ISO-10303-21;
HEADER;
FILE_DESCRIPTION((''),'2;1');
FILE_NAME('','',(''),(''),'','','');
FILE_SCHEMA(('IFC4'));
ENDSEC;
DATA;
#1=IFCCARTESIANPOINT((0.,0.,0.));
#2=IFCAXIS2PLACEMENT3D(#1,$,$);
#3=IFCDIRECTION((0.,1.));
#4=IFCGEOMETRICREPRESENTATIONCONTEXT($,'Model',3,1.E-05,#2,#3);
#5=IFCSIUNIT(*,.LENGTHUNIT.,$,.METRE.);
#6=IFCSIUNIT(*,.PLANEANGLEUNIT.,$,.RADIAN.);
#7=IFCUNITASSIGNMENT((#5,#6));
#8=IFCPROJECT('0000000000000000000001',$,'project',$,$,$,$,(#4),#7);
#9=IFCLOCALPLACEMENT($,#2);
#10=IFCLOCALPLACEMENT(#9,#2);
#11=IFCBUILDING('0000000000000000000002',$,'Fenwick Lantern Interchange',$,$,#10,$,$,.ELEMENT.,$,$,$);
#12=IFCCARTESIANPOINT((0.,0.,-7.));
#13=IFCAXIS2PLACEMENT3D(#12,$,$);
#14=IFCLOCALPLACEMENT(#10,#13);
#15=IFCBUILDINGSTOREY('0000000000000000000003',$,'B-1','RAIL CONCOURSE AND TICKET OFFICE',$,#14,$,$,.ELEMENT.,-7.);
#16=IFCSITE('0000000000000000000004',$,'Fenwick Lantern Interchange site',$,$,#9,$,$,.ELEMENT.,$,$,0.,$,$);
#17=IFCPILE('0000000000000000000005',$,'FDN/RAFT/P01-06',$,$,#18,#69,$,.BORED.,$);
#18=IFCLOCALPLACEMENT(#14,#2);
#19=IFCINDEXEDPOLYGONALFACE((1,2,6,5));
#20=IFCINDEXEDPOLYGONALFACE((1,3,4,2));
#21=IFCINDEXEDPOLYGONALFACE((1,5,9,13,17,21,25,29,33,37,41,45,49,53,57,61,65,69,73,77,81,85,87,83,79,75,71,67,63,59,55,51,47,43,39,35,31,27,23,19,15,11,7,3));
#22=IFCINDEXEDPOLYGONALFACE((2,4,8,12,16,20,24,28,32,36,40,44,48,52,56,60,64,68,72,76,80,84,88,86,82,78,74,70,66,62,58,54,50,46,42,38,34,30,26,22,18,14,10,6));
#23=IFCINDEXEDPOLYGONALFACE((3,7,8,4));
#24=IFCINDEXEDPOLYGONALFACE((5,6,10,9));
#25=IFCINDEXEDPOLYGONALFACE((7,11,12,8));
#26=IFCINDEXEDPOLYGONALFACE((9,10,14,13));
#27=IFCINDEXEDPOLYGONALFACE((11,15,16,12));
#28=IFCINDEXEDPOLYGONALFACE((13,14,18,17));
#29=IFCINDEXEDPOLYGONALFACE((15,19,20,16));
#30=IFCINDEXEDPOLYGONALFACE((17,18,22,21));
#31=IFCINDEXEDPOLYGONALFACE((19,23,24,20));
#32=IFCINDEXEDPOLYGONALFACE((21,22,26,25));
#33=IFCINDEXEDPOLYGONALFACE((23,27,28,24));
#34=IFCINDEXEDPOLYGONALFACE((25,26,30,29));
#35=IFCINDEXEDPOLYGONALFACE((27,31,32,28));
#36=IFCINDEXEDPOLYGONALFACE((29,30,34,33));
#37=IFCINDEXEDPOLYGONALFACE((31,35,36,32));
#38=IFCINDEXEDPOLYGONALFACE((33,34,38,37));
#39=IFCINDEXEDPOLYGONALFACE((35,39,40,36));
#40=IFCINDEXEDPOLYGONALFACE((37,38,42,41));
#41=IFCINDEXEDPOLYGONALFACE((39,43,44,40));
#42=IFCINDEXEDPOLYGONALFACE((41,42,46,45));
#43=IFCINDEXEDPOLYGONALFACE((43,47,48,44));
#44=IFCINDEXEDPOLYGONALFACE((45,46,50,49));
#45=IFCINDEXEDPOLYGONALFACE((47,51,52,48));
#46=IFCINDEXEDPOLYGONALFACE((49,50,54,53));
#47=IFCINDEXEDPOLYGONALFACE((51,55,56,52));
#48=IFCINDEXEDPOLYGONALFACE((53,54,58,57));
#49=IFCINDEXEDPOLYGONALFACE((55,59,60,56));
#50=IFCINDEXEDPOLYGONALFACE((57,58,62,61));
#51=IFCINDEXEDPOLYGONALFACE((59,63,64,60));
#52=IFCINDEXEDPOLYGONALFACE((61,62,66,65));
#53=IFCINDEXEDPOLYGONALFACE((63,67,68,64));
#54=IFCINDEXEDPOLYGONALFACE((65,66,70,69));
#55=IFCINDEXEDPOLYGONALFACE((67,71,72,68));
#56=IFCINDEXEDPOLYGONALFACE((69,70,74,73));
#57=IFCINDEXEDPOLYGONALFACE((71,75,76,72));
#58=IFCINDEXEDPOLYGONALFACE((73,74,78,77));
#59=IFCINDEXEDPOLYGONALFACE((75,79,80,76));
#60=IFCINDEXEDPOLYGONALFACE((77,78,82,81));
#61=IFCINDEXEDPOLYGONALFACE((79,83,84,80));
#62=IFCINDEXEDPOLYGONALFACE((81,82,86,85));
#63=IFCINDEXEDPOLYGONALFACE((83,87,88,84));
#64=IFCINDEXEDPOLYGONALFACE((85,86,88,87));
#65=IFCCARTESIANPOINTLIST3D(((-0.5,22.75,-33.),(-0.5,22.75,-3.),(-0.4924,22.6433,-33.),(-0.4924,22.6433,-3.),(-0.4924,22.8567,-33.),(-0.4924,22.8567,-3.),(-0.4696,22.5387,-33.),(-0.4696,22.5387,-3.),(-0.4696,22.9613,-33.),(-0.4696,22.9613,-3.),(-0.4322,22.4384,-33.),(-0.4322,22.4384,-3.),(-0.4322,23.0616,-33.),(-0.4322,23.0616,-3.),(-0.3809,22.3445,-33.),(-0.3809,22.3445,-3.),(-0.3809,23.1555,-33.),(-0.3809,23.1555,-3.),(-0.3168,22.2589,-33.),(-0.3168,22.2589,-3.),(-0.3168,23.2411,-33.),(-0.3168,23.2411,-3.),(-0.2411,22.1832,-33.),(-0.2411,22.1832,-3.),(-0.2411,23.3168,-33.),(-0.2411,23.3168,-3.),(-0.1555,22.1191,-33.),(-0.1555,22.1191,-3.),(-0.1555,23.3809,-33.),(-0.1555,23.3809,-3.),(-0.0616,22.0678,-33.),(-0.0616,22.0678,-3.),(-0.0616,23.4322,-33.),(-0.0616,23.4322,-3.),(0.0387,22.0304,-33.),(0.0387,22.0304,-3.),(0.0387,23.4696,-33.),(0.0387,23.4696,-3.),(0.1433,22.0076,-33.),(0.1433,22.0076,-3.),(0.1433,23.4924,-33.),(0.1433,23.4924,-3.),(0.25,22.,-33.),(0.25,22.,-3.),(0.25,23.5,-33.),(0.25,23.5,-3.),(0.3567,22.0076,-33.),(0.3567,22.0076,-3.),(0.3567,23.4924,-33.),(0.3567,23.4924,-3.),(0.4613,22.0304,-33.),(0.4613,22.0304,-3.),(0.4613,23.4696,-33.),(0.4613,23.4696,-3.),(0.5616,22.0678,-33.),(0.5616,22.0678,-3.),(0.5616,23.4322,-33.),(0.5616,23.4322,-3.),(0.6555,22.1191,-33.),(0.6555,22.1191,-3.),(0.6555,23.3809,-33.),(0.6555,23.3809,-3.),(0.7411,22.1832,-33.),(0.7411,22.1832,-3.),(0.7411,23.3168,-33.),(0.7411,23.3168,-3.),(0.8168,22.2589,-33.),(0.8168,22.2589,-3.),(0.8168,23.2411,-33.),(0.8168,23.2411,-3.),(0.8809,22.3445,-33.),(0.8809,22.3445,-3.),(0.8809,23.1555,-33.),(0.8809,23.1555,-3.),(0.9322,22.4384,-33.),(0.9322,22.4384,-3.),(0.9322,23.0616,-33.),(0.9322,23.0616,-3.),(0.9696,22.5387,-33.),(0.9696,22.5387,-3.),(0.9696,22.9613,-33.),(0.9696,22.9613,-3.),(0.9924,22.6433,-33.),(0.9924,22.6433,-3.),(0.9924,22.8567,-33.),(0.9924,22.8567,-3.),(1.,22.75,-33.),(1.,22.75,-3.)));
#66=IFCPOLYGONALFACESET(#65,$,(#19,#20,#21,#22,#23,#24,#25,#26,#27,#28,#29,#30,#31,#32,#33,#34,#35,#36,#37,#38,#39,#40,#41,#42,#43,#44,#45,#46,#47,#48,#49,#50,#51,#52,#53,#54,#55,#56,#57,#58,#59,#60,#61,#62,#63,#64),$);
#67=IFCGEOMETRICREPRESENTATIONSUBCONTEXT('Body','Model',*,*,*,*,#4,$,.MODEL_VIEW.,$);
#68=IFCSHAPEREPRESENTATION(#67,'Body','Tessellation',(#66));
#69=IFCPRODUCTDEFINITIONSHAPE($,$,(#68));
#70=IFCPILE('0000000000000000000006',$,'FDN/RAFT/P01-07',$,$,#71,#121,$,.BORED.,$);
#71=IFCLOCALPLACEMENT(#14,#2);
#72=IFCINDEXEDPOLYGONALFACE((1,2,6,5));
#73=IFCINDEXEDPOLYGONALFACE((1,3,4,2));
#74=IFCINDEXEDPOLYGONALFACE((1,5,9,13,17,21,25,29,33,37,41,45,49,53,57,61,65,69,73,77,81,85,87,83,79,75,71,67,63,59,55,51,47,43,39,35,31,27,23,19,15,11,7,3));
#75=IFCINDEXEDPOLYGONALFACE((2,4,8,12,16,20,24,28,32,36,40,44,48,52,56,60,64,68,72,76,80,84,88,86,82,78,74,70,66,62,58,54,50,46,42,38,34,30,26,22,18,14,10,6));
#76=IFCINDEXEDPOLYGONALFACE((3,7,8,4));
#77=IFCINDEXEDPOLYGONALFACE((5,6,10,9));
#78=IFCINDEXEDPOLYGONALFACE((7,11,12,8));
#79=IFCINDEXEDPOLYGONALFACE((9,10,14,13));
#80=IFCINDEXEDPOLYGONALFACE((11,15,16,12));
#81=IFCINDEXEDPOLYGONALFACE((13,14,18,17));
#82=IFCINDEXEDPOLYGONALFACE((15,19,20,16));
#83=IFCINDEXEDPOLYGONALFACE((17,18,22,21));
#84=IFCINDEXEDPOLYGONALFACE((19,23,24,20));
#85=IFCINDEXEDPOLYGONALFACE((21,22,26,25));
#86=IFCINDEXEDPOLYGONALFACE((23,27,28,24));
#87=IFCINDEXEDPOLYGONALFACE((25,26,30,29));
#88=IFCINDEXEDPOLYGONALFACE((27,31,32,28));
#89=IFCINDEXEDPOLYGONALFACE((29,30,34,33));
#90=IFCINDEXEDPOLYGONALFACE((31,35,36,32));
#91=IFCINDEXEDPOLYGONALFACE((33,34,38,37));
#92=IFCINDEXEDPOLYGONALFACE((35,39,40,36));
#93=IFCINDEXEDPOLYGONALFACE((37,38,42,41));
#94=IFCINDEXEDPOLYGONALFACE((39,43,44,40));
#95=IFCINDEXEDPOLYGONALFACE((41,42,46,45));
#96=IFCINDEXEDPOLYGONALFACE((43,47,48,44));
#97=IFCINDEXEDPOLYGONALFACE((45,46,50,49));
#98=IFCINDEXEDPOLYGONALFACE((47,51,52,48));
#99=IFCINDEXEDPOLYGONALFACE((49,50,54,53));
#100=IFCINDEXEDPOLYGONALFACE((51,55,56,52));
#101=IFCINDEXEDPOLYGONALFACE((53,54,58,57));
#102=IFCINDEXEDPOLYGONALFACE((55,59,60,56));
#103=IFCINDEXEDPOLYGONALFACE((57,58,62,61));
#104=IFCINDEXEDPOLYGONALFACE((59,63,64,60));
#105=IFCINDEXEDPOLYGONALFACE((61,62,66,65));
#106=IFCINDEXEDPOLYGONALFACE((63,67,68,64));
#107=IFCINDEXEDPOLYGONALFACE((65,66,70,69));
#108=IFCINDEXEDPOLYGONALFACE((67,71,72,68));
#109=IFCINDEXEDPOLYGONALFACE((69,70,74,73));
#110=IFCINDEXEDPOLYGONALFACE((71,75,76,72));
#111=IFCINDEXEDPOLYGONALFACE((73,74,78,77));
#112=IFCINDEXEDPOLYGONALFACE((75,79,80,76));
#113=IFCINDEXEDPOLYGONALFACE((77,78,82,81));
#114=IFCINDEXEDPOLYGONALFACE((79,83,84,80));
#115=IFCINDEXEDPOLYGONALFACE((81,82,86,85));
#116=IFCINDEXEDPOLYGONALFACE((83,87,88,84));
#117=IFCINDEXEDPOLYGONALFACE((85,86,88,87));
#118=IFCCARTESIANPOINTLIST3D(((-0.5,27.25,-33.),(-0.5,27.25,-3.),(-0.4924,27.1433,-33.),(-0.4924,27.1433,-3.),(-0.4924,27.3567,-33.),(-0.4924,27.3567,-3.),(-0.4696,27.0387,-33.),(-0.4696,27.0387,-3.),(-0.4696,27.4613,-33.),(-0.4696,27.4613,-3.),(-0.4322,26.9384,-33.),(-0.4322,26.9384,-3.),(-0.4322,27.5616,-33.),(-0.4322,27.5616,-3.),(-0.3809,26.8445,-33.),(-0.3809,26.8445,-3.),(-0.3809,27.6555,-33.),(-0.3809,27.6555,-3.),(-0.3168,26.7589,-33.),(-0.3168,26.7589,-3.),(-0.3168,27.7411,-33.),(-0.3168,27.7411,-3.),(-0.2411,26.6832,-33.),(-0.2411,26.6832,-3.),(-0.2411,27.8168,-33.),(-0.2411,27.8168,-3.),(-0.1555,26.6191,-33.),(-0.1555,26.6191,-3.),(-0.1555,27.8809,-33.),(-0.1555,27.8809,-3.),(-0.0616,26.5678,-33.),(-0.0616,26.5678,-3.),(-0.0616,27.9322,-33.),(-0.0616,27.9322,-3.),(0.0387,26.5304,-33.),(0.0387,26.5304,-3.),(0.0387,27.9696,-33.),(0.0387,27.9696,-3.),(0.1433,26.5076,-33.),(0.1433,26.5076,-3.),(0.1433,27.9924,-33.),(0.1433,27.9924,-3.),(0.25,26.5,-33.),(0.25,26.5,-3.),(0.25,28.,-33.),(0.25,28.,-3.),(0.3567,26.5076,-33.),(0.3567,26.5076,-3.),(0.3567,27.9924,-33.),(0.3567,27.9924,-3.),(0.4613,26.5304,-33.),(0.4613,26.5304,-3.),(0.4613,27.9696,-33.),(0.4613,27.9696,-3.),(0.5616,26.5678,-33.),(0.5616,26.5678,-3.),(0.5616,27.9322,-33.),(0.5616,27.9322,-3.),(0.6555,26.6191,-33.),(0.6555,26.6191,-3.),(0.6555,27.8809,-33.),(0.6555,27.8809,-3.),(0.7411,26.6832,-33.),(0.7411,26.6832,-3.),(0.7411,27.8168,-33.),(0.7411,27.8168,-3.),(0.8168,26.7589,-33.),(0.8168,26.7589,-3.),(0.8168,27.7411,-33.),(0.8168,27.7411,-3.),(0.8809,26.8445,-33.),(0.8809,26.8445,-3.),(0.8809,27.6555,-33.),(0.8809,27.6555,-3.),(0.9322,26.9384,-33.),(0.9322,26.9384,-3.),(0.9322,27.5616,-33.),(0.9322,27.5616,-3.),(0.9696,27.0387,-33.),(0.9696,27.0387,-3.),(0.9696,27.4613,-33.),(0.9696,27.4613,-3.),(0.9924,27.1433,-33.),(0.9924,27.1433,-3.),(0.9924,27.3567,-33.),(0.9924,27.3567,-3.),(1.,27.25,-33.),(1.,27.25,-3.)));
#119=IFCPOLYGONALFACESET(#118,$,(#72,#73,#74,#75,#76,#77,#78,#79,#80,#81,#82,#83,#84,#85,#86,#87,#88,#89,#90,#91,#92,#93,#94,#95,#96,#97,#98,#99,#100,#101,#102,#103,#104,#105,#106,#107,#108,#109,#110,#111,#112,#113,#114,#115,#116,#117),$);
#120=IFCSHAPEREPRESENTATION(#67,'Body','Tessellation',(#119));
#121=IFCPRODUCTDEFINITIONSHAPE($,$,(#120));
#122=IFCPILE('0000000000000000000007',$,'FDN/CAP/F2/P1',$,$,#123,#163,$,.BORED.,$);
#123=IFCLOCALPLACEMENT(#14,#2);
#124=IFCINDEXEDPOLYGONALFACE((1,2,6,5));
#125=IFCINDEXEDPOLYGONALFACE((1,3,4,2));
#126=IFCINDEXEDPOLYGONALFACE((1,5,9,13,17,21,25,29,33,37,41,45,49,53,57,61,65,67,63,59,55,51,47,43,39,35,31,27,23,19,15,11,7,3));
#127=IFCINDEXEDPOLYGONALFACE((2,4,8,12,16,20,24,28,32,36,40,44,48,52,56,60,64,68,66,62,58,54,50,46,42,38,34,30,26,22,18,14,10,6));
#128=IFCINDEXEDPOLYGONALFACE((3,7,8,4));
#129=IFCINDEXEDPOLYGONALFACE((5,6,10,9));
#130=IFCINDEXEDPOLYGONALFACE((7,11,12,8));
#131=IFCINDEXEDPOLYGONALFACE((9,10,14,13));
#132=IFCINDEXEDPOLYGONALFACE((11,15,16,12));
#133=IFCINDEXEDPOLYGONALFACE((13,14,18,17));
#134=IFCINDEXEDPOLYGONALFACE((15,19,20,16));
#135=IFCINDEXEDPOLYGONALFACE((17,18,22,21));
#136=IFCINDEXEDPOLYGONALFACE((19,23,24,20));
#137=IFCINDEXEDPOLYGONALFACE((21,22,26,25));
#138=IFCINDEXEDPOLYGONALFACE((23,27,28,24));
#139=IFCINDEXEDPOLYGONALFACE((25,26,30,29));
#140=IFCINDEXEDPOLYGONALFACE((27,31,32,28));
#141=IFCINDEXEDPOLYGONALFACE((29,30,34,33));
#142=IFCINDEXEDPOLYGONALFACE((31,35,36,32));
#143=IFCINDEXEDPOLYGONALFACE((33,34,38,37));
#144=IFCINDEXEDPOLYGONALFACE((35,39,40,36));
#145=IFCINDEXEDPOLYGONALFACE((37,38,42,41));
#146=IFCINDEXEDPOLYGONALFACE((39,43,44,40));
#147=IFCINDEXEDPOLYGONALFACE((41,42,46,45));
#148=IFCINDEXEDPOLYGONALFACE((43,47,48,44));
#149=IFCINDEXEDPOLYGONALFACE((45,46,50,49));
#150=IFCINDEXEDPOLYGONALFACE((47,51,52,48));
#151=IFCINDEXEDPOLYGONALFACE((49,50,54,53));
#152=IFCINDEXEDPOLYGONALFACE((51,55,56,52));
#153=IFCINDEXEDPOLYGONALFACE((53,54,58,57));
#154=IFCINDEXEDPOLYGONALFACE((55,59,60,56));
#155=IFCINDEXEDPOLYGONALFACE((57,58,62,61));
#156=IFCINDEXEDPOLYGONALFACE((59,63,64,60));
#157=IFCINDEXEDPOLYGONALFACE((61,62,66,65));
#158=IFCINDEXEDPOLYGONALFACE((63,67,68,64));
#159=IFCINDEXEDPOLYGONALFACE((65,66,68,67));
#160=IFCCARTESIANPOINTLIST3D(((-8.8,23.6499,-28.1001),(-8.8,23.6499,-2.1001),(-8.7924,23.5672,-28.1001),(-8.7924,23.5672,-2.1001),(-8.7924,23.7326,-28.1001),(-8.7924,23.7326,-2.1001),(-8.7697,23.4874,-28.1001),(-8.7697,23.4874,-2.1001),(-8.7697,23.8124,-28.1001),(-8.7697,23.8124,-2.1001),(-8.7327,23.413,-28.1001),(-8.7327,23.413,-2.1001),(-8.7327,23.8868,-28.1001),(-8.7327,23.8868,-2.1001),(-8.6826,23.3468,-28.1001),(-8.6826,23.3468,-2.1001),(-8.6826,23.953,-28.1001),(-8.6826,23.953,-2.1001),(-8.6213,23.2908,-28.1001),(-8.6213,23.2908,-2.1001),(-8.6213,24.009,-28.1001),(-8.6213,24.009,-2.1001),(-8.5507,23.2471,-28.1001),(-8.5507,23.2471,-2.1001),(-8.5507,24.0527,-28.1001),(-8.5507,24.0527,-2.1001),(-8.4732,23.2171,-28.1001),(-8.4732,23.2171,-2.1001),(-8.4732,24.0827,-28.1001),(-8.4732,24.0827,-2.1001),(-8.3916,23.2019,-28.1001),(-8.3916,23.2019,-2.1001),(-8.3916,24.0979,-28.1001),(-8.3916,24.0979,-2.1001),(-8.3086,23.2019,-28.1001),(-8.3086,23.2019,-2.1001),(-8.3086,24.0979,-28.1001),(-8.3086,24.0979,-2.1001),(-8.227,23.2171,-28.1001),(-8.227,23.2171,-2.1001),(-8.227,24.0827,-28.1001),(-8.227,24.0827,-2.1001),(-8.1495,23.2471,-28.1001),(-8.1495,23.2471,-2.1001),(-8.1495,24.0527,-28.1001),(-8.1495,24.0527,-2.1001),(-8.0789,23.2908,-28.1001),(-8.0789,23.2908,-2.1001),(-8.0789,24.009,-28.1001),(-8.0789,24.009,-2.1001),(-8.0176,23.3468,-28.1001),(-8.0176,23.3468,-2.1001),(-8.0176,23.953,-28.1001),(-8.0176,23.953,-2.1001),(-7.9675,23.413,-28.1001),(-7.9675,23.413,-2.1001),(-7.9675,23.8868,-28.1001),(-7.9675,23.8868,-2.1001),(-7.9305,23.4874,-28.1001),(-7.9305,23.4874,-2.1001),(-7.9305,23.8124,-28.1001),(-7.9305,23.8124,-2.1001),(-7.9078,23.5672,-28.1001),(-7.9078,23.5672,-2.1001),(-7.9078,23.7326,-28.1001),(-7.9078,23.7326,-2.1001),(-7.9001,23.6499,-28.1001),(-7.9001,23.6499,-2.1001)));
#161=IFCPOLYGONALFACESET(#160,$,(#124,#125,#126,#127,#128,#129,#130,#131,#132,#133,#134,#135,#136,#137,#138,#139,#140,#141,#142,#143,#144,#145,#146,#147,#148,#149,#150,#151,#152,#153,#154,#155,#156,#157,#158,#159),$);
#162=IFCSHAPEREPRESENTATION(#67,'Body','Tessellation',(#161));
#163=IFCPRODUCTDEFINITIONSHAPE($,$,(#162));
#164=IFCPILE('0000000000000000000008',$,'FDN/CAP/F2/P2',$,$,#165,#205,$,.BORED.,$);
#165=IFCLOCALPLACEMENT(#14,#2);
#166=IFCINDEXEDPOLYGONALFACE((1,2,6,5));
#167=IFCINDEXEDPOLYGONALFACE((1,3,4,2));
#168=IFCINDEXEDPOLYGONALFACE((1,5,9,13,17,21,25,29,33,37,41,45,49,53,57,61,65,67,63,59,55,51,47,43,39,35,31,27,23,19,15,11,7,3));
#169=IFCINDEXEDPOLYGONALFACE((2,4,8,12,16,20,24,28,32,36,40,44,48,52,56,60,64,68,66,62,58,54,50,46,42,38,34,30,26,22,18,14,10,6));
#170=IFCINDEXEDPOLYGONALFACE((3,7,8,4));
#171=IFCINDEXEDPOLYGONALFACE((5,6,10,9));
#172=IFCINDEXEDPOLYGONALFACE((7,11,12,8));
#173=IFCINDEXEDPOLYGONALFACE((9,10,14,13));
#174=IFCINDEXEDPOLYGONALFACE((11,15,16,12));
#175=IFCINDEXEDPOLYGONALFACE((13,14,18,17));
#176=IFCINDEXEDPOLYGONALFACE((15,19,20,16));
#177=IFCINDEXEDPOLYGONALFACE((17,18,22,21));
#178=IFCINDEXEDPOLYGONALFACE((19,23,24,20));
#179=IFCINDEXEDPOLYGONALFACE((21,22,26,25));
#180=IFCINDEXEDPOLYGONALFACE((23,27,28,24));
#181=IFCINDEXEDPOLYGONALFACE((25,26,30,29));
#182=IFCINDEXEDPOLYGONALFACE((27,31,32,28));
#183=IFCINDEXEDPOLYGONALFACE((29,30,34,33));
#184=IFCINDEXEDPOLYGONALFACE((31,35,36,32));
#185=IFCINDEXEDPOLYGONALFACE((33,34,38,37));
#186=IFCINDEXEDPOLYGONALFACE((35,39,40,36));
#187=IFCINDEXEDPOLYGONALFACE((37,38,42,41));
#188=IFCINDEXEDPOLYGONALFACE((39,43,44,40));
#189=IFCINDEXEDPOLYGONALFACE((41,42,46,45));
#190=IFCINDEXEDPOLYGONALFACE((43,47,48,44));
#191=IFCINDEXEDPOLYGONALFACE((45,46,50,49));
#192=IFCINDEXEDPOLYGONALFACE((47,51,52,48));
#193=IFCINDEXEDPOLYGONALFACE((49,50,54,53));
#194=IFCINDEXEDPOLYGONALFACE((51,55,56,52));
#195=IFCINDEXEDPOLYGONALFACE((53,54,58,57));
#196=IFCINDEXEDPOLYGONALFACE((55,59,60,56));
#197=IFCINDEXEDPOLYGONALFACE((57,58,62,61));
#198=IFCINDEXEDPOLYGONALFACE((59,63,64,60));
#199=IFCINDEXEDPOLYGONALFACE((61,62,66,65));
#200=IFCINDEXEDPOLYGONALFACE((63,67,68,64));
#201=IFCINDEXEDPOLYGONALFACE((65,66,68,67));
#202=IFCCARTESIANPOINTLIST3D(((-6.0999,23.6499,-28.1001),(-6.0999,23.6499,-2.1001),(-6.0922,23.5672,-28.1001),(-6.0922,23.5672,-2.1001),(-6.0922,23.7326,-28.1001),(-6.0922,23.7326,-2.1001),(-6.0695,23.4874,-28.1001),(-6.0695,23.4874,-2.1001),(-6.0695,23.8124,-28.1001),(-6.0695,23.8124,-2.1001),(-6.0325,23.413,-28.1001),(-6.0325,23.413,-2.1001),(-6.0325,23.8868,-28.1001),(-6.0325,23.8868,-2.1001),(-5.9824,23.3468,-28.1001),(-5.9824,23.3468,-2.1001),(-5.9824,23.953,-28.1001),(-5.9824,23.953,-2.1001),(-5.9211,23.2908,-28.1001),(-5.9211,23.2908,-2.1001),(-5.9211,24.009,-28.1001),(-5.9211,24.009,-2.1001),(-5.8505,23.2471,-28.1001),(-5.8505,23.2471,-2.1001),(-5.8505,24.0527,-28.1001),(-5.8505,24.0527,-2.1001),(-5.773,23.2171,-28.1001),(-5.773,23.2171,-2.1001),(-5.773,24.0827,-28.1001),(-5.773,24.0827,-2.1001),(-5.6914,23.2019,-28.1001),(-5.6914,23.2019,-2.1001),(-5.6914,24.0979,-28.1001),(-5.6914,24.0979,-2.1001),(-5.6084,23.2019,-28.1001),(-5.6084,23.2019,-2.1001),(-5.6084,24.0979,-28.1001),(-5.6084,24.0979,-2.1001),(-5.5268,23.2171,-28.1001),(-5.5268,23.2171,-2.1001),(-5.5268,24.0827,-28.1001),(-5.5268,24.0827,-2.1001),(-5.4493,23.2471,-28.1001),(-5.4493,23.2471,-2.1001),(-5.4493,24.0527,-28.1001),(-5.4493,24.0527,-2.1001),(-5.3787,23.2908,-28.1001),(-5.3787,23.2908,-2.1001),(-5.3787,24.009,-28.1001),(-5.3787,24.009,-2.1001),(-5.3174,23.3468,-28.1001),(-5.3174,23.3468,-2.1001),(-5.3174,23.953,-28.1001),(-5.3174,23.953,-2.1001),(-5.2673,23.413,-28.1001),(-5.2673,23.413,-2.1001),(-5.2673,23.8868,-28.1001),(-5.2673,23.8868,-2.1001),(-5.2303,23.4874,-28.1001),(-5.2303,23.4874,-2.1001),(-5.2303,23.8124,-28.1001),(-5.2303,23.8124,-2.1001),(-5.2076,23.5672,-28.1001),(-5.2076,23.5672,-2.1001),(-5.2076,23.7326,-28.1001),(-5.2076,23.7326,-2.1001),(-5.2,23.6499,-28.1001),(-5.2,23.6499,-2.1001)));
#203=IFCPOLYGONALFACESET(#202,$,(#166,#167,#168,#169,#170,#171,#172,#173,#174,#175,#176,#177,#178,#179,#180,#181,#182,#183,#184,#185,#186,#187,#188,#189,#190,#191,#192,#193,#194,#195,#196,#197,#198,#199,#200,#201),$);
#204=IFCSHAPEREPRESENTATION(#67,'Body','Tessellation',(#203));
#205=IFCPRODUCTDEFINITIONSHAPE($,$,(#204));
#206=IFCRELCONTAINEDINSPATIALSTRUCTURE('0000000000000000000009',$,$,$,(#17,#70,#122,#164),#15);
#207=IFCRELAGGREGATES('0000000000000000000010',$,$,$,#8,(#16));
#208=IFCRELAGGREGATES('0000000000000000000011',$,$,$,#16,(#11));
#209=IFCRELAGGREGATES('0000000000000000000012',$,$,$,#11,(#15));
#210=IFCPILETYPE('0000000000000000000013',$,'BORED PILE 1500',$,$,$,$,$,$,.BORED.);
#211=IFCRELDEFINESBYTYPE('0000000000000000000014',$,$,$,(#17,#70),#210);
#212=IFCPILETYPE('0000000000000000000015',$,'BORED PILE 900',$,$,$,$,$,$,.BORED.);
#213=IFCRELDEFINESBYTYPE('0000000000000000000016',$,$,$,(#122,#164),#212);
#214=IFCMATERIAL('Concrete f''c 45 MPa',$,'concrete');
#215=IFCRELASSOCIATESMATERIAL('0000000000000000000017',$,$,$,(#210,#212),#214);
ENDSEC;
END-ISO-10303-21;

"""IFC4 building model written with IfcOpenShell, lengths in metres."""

from ifc_helpers import new_model, si_unit, direction, frame, origin, origin_2d, place, context, subcontext, project, spatial, circle, extrude, material, type_object, element, save


model = new_model("IFC4")

# Units and contexts
model_context = context("Model", 3, precision=1e-05, world=origin(), true_north=direction((0.0, 1.0)))
body_context = subcontext(model_context, "Body", "Model", "MODEL_VIEW")
ifc_project = project(units=[si_unit("LENGTHUNIT", "METRE"), si_unit("PLANEANGLEUNIT", "RADIAN")], contexts=[model_context])

# Site, building, storey
site_placement = place(None, origin())
site = spatial("IfcSite", under=ifc_project, at=site_placement, Name="Fenwick Lantern Interchange site", CompositionType="ELEMENT", RefElevation=0.0)
building_placement = place(site_placement, origin())
building = spatial("IfcBuilding", under=site, at=building_placement, Name="Fenwick Lantern Interchange", CompositionType="ELEMENT")
storey_placement = place(building_placement, frame((0.0, 0.0, -7.0)))
storey = spatial("IfcBuildingStorey", under=building, at=storey_placement, Name="B-1", Description="RAIL CONCOURSE AND TICKET OFFICE", CompositionType="ELEMENT", Elevation=-7.0)

# Piles
ifc_material_1 = material(Name="Concrete f'c 45 MPa", Category="concrete")
pile_type_1 = type_object("IfcPileType", Name="BORED PILE 1500", PredefinedType="BORED", material=ifc_material_1)
for number, where, z_axis, x_axis, name in (
    (1, (0.25, 22.75, -3.0), (0.0, 0.0, -1.0), (1.0, 0.0, 0.0), "FDN/RAFT/P01-06"),
    (2, (0.25, 27.25, -3.0), (0.0, 0.0, -1.0), (1.0, 0.0, 0.0), "FDN/RAFT/P01-07"),
):
    element("IfcPile", number, at=place(storey_placement, frame(where, z_axis=z_axis, x_axis=x_axis)), inside=storey, type_object=pile_type_1, Name=name, PredefinedType="BORED", context=body_context, shape_type="SweptSolid", body=[
        extrude(circle(Radius=0.75, at=origin_2d()), origin(), (0.0, 0.0, 1.0), 30.0),
    ])
pile_type_2 = type_object("IfcPileType", Name="BORED PILE 900", PredefinedType="BORED", material=ifc_material_1)
for number, where, z_axis, x_axis, name in (
    (3, (-8.3501, 23.6499, -2.1001), (0.0, 0.0, -1.0), (1.0, 0.0, 0.0), "FDN/CAP/F2/P1"),
    (4, (-5.6499, 23.6499, -2.1001), (0.0, 0.0, -1.0), (1.0, 0.0, 0.0), "FDN/CAP/F2/P2"),
):
    element("IfcPile", number, at=place(storey_placement, frame(where, z_axis=z_axis, x_axis=x_axis)), inside=storey, type_object=pile_type_2, Name=name, PredefinedType="BORED", context=body_context, shape_type="SweptSolid", body=[
        extrude(circle(Radius=0.45, at=origin_2d()), origin(), (0.0, 0.0, 1.0), 26.0),
    ])

save(model, "model.ifc")
